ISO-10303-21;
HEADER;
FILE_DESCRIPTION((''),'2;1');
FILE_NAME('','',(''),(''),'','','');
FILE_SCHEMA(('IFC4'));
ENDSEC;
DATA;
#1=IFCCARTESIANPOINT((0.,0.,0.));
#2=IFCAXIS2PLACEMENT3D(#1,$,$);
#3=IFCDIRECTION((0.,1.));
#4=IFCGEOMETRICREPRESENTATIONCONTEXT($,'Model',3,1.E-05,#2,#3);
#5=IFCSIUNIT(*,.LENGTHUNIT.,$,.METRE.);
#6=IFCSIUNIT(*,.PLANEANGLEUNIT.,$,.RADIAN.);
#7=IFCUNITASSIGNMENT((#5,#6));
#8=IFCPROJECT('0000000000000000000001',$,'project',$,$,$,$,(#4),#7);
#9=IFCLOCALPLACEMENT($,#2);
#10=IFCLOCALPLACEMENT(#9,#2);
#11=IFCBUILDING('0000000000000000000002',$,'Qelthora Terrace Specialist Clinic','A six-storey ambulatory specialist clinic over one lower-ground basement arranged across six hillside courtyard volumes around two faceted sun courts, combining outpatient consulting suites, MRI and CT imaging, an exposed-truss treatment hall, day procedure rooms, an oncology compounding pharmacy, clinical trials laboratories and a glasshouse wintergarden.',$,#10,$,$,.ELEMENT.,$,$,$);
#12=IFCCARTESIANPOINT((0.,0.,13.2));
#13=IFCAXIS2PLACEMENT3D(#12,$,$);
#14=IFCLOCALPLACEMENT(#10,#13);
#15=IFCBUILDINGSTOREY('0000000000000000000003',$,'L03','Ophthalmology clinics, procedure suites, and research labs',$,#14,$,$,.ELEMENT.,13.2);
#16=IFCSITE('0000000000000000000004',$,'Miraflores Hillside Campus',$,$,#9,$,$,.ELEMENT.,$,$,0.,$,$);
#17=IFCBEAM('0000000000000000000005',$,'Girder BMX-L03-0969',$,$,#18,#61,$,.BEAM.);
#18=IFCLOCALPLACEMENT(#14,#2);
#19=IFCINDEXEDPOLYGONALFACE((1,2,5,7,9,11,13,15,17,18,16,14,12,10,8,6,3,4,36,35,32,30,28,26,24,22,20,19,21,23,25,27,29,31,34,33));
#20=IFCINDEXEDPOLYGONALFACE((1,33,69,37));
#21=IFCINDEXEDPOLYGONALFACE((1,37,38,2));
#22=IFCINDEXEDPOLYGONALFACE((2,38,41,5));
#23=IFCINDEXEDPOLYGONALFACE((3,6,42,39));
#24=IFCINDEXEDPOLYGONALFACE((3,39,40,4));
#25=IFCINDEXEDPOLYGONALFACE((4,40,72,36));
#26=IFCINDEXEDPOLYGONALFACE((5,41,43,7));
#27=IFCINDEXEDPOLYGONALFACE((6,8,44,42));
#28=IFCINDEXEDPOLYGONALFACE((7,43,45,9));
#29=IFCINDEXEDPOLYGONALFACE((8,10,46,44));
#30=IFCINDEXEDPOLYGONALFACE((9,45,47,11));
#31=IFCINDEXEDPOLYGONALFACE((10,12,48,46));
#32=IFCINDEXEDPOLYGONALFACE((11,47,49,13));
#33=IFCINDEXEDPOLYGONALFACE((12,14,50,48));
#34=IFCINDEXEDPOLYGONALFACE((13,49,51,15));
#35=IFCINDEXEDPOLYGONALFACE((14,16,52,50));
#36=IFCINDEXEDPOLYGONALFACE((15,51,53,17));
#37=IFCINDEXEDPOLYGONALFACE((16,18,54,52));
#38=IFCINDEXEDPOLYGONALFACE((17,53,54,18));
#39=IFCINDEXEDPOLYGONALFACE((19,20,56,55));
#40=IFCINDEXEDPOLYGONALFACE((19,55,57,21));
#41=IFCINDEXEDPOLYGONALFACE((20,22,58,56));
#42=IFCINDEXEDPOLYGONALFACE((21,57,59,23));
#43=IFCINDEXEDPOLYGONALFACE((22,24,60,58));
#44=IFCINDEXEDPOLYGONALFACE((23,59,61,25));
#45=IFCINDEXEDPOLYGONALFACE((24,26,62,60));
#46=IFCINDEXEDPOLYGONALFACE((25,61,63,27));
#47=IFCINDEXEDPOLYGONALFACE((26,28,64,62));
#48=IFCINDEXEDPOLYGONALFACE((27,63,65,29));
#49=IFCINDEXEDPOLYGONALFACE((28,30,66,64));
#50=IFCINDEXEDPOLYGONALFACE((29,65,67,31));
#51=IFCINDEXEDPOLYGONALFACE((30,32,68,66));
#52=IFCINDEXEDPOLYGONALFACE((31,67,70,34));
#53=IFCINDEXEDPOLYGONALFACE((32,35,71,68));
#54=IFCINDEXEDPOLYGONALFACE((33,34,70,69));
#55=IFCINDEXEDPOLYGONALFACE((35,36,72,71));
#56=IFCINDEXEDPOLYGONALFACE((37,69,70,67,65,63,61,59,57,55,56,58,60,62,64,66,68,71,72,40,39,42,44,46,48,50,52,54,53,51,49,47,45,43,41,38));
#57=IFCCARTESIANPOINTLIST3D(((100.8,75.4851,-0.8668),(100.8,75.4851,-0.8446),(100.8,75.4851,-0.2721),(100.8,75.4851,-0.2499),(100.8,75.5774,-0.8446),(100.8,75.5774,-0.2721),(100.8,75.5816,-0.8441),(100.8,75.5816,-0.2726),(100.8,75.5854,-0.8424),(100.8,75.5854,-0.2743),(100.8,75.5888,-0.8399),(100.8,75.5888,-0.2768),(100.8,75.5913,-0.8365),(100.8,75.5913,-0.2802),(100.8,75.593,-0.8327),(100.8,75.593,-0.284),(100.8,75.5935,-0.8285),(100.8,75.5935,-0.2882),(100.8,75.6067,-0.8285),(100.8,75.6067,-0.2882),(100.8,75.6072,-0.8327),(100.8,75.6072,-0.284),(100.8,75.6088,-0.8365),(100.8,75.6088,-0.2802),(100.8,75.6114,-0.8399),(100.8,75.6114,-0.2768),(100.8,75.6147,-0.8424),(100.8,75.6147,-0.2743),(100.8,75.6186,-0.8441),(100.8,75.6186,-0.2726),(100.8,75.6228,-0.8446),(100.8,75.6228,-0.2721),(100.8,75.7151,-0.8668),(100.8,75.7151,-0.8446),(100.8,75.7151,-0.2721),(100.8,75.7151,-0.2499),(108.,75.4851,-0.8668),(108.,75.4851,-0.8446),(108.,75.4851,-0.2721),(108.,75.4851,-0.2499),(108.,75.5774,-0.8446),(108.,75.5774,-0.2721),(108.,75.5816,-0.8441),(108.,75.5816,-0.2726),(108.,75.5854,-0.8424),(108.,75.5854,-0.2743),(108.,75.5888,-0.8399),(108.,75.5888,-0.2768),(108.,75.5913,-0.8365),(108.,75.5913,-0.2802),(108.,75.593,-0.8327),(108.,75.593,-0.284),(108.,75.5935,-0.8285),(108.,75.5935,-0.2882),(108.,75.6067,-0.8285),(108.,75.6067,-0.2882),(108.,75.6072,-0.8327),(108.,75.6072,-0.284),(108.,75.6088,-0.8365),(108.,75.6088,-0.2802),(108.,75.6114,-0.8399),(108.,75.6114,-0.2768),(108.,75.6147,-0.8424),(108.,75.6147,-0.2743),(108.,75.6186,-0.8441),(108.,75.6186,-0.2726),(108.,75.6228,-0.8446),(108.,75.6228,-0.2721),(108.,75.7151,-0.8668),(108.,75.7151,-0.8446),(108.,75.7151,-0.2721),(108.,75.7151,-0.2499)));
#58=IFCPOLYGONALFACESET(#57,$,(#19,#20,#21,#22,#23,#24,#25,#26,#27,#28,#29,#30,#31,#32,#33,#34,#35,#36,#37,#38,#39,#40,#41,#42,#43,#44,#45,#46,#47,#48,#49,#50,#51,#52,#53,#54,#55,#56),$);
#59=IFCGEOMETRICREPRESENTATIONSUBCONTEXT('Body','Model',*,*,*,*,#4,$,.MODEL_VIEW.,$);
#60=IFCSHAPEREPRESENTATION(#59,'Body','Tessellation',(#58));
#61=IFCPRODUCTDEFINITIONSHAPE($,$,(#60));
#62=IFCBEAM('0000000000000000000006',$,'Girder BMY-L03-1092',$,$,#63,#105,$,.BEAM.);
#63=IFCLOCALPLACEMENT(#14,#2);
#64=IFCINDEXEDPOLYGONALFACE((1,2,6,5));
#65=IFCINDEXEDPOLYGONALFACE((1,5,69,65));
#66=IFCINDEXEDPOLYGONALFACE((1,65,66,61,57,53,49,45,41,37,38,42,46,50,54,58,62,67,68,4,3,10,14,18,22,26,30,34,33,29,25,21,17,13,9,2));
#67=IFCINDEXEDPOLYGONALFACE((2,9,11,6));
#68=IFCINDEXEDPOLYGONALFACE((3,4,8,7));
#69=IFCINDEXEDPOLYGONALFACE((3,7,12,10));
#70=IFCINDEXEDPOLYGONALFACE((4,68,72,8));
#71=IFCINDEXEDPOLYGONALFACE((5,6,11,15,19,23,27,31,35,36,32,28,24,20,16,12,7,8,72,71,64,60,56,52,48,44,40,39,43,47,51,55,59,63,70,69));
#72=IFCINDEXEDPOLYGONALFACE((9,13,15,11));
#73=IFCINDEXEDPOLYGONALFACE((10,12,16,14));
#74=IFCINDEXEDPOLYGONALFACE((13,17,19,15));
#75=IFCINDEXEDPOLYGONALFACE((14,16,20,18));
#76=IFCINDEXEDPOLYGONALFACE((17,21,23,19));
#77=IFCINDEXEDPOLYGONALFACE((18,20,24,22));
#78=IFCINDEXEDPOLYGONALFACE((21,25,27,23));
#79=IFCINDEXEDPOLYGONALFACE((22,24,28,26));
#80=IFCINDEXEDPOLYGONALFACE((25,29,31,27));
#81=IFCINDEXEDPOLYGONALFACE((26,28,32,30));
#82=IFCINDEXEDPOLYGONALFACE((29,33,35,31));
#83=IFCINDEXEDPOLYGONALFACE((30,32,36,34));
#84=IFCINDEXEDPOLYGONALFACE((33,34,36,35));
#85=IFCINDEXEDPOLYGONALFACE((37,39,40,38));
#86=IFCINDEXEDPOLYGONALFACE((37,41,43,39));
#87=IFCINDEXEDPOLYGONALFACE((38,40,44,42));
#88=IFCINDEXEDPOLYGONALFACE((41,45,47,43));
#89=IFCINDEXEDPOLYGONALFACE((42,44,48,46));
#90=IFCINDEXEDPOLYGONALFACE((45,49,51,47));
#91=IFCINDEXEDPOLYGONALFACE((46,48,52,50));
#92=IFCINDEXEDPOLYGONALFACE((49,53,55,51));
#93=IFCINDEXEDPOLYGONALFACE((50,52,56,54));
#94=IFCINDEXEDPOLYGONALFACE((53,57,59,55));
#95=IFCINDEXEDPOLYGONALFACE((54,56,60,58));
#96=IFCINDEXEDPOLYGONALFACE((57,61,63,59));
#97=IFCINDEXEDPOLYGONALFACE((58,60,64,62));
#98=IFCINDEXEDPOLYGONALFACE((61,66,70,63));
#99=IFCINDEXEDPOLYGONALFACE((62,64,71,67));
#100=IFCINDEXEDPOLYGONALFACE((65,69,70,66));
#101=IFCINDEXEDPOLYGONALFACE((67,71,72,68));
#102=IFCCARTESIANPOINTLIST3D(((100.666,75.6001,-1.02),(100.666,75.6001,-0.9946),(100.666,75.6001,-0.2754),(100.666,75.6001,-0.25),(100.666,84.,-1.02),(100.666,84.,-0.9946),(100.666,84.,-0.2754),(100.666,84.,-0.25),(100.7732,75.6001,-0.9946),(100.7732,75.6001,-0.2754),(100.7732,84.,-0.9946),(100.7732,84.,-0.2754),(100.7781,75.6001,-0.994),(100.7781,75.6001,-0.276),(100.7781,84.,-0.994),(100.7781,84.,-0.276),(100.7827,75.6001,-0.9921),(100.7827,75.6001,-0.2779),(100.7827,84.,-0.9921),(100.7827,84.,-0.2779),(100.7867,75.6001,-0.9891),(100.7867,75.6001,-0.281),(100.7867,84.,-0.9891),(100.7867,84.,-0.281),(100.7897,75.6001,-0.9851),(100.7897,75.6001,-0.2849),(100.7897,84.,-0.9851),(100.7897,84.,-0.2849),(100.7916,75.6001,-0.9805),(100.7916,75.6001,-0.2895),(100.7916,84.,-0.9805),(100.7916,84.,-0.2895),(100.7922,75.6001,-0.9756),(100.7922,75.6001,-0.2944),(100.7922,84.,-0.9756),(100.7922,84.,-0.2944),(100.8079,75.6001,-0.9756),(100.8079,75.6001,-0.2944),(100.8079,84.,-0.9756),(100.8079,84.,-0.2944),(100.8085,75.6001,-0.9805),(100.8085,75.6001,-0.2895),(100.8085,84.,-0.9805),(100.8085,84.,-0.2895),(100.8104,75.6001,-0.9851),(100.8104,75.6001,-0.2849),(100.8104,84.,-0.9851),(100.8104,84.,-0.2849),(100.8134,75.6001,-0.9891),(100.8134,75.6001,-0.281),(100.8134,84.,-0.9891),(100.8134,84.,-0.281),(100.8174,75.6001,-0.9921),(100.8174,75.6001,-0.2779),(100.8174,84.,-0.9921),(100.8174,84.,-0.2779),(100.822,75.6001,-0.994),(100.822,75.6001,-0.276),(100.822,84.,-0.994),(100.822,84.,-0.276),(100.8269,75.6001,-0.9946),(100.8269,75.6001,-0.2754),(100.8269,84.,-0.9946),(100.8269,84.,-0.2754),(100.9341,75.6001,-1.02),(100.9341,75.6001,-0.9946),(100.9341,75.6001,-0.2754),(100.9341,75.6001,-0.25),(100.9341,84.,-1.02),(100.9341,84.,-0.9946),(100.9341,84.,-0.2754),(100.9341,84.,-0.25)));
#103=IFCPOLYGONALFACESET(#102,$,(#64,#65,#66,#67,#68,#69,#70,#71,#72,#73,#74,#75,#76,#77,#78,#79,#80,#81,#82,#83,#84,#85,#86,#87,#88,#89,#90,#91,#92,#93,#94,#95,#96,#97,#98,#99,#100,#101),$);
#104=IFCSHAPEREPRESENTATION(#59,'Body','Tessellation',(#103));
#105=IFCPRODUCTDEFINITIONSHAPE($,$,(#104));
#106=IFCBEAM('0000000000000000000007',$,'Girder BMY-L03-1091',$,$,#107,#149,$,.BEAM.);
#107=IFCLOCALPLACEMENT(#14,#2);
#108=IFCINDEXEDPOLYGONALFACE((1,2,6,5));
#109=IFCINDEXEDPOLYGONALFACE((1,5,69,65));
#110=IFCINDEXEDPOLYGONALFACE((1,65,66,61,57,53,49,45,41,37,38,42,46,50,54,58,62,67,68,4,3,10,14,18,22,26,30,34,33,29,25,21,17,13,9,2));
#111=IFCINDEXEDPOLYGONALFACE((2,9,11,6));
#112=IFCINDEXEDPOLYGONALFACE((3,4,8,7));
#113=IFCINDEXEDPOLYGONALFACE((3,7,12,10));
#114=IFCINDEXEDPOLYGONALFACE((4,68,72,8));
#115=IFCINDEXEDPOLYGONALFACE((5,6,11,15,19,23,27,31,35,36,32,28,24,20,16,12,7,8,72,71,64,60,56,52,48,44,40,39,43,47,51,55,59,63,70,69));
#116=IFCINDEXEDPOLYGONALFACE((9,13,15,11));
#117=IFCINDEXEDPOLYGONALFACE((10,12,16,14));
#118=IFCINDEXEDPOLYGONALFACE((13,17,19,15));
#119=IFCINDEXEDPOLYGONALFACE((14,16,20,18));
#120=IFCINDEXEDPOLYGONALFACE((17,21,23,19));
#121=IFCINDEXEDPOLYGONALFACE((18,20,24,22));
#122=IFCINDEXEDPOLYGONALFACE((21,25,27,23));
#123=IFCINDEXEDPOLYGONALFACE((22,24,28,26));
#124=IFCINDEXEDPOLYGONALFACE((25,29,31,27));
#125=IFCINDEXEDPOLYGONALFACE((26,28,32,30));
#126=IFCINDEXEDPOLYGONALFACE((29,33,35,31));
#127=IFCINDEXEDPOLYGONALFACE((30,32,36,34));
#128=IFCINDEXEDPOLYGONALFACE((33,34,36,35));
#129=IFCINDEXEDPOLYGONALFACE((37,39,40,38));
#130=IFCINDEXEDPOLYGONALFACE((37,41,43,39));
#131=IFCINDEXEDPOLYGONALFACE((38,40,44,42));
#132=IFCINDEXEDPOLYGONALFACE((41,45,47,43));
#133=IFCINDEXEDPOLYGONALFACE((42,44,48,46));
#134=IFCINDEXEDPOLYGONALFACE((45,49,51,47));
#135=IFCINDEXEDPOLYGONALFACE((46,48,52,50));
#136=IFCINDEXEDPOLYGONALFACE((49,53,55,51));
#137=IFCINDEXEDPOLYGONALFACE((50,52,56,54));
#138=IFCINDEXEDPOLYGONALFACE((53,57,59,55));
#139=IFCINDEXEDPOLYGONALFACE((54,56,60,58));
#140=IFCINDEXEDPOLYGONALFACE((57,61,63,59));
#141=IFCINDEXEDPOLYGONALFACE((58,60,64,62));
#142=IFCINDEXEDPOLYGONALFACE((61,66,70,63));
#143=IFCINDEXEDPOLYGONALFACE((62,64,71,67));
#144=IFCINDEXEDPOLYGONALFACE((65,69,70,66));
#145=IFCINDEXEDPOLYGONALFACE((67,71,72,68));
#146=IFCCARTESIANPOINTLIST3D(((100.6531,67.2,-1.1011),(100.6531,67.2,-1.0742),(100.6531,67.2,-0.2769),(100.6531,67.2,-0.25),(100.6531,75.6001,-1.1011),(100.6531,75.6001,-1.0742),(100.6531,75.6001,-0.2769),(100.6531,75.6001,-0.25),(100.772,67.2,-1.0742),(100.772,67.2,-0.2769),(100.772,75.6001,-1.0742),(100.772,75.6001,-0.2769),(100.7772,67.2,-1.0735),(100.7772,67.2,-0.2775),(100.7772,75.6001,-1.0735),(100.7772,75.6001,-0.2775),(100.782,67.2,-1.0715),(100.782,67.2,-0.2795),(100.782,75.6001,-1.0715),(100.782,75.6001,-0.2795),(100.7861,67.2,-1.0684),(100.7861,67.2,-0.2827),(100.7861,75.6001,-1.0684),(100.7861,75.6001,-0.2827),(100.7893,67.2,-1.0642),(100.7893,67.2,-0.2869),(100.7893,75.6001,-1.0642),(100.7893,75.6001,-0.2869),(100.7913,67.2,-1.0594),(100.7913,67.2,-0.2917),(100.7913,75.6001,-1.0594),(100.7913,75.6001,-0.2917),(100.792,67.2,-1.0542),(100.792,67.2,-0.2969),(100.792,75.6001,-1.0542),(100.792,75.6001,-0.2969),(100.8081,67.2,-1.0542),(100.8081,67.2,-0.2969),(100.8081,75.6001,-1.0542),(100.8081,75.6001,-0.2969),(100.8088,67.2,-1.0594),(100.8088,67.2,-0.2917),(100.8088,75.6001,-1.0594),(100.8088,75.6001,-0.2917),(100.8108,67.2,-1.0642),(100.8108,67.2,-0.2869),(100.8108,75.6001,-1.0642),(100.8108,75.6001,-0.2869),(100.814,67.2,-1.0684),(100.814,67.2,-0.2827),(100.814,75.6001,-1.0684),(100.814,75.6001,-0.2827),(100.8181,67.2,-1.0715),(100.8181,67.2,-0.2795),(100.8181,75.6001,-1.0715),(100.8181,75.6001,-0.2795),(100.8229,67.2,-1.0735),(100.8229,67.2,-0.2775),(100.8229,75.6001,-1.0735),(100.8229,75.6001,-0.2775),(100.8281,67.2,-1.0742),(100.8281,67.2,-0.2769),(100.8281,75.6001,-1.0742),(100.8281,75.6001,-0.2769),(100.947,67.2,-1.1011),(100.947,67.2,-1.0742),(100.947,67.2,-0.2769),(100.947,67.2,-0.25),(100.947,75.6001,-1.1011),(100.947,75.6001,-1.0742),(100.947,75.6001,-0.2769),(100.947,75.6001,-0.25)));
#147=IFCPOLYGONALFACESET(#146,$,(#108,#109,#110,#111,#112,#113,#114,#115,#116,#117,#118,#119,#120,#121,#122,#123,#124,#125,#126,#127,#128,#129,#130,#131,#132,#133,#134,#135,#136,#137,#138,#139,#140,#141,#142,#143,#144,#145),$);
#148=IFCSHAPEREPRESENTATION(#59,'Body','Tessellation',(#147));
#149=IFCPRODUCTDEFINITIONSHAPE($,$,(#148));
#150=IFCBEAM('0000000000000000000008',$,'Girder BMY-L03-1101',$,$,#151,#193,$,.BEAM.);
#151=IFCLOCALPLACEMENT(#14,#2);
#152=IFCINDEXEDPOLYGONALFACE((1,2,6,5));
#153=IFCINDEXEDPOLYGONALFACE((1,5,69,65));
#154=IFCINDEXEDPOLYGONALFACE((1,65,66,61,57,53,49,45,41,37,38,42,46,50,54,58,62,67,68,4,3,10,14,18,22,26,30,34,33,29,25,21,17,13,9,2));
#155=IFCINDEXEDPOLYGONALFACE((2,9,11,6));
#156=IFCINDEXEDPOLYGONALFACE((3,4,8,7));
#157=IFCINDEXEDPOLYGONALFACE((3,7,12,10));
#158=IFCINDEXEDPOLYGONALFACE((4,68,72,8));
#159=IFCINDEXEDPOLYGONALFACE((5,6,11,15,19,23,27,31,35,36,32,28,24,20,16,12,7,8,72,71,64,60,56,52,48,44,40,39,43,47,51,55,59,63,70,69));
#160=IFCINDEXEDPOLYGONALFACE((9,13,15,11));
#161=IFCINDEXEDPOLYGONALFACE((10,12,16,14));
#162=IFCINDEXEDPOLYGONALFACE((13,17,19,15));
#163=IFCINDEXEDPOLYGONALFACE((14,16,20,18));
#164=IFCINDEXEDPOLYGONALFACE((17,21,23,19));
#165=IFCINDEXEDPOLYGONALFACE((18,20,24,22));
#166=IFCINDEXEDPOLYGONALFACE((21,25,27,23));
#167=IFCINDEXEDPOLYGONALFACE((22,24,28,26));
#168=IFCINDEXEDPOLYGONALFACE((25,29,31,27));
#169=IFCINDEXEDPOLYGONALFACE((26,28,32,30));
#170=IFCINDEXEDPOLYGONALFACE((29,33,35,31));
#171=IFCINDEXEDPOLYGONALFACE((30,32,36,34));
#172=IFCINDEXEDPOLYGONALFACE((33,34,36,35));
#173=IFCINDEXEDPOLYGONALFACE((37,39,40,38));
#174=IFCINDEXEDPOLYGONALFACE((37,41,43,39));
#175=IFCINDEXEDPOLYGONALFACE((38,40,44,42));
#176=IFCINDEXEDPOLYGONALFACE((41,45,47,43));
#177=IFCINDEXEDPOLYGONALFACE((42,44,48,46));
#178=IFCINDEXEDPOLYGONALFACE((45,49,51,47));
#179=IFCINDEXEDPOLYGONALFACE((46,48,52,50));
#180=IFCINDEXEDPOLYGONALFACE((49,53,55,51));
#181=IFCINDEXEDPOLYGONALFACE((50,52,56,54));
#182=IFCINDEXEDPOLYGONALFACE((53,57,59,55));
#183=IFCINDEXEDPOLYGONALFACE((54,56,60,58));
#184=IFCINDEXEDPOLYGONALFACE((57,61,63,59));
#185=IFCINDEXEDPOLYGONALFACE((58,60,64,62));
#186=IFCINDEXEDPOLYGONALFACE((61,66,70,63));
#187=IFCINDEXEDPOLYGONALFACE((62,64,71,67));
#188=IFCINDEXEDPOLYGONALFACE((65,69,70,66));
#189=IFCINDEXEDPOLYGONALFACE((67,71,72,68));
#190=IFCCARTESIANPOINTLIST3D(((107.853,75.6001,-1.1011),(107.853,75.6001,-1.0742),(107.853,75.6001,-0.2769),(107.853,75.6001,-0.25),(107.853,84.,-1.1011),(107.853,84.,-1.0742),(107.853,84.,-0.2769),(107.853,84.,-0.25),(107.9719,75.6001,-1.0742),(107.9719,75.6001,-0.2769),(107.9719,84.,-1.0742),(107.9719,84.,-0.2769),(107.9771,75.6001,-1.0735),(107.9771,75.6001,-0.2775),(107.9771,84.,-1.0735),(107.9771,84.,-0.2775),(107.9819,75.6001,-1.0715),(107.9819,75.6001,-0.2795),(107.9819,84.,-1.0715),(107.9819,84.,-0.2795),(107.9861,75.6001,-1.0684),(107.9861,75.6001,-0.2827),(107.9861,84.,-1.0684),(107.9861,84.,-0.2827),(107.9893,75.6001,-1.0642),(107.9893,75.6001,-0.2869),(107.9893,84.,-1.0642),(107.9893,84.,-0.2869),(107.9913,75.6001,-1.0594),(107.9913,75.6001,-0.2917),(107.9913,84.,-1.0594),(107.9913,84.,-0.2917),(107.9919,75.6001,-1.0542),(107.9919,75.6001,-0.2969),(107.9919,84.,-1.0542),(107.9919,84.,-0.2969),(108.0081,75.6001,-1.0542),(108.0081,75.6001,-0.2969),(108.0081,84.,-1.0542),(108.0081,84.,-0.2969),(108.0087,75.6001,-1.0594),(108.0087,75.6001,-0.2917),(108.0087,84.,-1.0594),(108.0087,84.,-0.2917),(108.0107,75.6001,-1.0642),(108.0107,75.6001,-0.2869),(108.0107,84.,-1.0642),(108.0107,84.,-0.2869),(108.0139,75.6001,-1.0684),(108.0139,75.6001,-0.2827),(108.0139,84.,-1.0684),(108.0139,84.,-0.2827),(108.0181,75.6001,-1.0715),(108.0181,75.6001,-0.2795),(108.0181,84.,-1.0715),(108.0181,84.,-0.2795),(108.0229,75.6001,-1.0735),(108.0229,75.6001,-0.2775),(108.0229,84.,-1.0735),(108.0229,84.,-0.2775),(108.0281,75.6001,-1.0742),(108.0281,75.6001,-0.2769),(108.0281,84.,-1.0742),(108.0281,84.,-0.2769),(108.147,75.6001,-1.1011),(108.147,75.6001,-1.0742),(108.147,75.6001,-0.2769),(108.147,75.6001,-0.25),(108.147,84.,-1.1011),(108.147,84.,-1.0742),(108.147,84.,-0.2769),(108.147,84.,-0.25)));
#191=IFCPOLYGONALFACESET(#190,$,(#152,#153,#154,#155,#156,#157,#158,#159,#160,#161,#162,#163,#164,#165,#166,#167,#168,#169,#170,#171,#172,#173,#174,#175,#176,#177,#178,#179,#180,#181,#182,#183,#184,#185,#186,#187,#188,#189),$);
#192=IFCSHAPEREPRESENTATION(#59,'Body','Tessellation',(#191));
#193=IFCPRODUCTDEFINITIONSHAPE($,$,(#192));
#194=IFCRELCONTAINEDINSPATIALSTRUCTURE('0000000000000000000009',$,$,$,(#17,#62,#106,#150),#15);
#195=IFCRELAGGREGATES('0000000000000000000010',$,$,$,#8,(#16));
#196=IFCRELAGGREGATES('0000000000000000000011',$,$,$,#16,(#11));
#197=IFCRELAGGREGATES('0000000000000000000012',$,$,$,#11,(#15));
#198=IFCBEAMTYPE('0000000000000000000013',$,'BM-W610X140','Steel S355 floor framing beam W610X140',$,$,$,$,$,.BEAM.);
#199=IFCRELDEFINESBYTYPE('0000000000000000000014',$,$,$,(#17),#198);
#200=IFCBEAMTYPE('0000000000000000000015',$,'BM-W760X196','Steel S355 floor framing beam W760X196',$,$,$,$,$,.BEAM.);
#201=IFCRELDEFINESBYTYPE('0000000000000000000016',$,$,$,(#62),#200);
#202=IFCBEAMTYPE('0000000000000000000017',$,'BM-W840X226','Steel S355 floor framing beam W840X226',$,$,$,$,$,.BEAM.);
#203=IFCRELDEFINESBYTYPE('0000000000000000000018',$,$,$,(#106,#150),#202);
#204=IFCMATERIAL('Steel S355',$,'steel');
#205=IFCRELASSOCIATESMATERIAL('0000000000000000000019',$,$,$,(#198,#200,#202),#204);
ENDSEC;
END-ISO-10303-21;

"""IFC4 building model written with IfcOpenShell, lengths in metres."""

from ifc_helpers import new_model, si_unit, direction, frame, origin, origin_2d, place, context, subcontext, project, spatial, i_section, extrude, material, material_profile, profile_set, type_object, element, save


model = new_model("IFC4")

# Units and contexts
model_context = context("Model", 3, precision=1e-05, world=origin(), true_north=direction((0.0, 1.0)))
body_context = subcontext(model_context, "Body", "Model", "MODEL_VIEW")
ifc_project = project(units=[si_unit("LENGTHUNIT", "METRE"), si_unit("PLANEANGLEUNIT", "RADIAN")], contexts=[model_context])

# Site, building, storey
site_placement = place(None, origin())
site = spatial("IfcSite", under=ifc_project, at=site_placement, Name="Miraflores Hillside Campus", CompositionType="ELEMENT", RefElevation=0.0)
building_placement = place(site_placement, origin())
building = spatial("IfcBuilding", under=site, at=building_placement, Name="Qelthora Terrace Specialist Clinic", Description="A six-storey ambulatory specialist clinic over one lower-ground basement arranged across six hillside courtyard volumes around two faceted sun courts, combining outpatient consulting suites, MRI and CT imaging, an exposed-truss treatment hall, day procedure rooms, an oncology compounding pharmacy, clinical trials laboratories and a glasshouse wintergarden.", CompositionType="ELEMENT")
storey_placement = place(building_placement, frame((0.0, 0.0, 13.2)))
storey = spatial("IfcBuildingStorey", under=building, at=storey_placement, Name="L03", Description="Ophthalmology clinics, procedure suites, and research labs", CompositionType="ELEMENT", Elevation=13.2)

# Shared definitions
ifc_material_1 = material(Name="Steel S355", Category="steel")

# Beams
ifc_material_profile_1 = material_profile(ifc_material_1, i_section(OverallWidth=0.23, OverallDepth=0.6169, WebThickness=0.0132, FlangeThickness=0.0222, FilletRadius=0.0161, at=origin_2d()), Name="W610X140")
ifc_profile_set_1 = profile_set([ifc_material_profile_1], Name="Steel S355")
beam_type_1 = type_object("IfcBeamType", Name="BM-W610X140", Description="Steel S355 floor framing beam W610X140", PredefinedType="BEAM", material=ifc_profile_set_1)
beam_1_placement = place(storey_placement, frame((100.8, 75.6001, -0.5583), z_axis=(1.0, 0.0, 0.0), x_axis=(0.0, 1.0, 0.0)))
element("IfcBeam", 1, at=beam_1_placement, inside=storey, type_object=beam_type_1, Name="Girder BMX-L03-0969", PredefinedType="BEAM", context=body_context, shape_type="SweptSolid", body=[
    extrude(i_section(OverallWidth=0.23, OverallDepth=0.6169, WebThickness=0.0132, FlangeThickness=0.0222, FilletRadius=0.0161, at=origin_2d()), origin(), (0.0, 0.0, 1.0), 7.2),
])
ifc_material_profile_2 = material_profile(ifc_material_1, i_section(OverallWidth=0.2681, OverallDepth=0.77, WebThickness=0.0156, FlangeThickness=0.0254, FilletRadius=0.019, at=origin_2d()), Name="W760X196")
ifc_profile_set_2 = profile_set([ifc_material_profile_2], Name="Steel S355")
beam_type_2 = type_object("IfcBeamType", Name="BM-W760X196", Description="Steel S355 floor framing beam W760X196", PredefinedType="BEAM", material=ifc_profile_set_2)
beam_2_placement = place(storey_placement, frame((100.8, 75.6001, -0.635), z_axis=(0.0, 1.0, 0.0), x_axis=(-1.0, 0.0, 0.0)))
element("IfcBeam", 2, at=beam_2_placement, inside=storey, type_object=beam_type_2, Name="Girder BMY-L03-1092", PredefinedType="BEAM", context=body_context, shape_type="SweptSolid", body=[
    extrude(i_section(OverallWidth=0.2681, OverallDepth=0.77, WebThickness=0.0156, FlangeThickness=0.0254, FilletRadius=0.019, at=origin_2d()), origin(), (0.0, 0.0, 1.0), 8.3999),
])
ifc_material_profile_3 = material_profile(ifc_material_1, i_section(OverallWidth=0.2939, OverallDepth=0.8511, WebThickness=0.0161, FlangeThickness=0.0269, FilletRadius=0.02, at=origin_2d()), Name="W840X226")
ifc_profile_set_3 = profile_set([ifc_material_profile_3], Name="Steel S355")
beam_type_3 = type_object("IfcBeamType", Name="BM-W840X226", Description="Steel S355 floor framing beam W840X226", PredefinedType="BEAM", material=ifc_profile_set_3)
beam_3_placement = place(storey_placement, frame((100.8, 67.2, -0.6755), z_axis=(0.0, 1.0, 0.0), x_axis=(-1.0, 0.0, 0.0)))
element("IfcBeam", 3, at=beam_3_placement, inside=storey, type_object=beam_type_3, Name="Girder BMY-L03-1091", PredefinedType="BEAM", context=body_context, shape_type="SweptSolid", body=[
    extrude(i_section(OverallWidth=0.2939, OverallDepth=0.8511, WebThickness=0.0161, FlangeThickness=0.0269, FilletRadius=0.02, at=origin_2d()), origin(), (0.0, 0.0, 1.0), 8.4001),
])
beam_4_placement = place(storey_placement, frame((108.0, 75.6001, -0.6755), z_axis=(0.0, 1.0, 0.0), x_axis=(-1.0, 0.0, 0.0)))
element("IfcBeam", 4, at=beam_4_placement, inside=storey, type_object=beam_type_3, Name="Girder BMY-L03-1101", PredefinedType="BEAM", context=body_context, shape_type="SweptSolid", body=[
    extrude(i_section(OverallWidth=0.2939, OverallDepth=0.8511, WebThickness=0.0161, FlangeThickness=0.0269, FilletRadius=0.02, at=origin_2d()), origin(), (0.0, 0.0, 1.0), 8.3999),
])

save(model, "model.ifc")
